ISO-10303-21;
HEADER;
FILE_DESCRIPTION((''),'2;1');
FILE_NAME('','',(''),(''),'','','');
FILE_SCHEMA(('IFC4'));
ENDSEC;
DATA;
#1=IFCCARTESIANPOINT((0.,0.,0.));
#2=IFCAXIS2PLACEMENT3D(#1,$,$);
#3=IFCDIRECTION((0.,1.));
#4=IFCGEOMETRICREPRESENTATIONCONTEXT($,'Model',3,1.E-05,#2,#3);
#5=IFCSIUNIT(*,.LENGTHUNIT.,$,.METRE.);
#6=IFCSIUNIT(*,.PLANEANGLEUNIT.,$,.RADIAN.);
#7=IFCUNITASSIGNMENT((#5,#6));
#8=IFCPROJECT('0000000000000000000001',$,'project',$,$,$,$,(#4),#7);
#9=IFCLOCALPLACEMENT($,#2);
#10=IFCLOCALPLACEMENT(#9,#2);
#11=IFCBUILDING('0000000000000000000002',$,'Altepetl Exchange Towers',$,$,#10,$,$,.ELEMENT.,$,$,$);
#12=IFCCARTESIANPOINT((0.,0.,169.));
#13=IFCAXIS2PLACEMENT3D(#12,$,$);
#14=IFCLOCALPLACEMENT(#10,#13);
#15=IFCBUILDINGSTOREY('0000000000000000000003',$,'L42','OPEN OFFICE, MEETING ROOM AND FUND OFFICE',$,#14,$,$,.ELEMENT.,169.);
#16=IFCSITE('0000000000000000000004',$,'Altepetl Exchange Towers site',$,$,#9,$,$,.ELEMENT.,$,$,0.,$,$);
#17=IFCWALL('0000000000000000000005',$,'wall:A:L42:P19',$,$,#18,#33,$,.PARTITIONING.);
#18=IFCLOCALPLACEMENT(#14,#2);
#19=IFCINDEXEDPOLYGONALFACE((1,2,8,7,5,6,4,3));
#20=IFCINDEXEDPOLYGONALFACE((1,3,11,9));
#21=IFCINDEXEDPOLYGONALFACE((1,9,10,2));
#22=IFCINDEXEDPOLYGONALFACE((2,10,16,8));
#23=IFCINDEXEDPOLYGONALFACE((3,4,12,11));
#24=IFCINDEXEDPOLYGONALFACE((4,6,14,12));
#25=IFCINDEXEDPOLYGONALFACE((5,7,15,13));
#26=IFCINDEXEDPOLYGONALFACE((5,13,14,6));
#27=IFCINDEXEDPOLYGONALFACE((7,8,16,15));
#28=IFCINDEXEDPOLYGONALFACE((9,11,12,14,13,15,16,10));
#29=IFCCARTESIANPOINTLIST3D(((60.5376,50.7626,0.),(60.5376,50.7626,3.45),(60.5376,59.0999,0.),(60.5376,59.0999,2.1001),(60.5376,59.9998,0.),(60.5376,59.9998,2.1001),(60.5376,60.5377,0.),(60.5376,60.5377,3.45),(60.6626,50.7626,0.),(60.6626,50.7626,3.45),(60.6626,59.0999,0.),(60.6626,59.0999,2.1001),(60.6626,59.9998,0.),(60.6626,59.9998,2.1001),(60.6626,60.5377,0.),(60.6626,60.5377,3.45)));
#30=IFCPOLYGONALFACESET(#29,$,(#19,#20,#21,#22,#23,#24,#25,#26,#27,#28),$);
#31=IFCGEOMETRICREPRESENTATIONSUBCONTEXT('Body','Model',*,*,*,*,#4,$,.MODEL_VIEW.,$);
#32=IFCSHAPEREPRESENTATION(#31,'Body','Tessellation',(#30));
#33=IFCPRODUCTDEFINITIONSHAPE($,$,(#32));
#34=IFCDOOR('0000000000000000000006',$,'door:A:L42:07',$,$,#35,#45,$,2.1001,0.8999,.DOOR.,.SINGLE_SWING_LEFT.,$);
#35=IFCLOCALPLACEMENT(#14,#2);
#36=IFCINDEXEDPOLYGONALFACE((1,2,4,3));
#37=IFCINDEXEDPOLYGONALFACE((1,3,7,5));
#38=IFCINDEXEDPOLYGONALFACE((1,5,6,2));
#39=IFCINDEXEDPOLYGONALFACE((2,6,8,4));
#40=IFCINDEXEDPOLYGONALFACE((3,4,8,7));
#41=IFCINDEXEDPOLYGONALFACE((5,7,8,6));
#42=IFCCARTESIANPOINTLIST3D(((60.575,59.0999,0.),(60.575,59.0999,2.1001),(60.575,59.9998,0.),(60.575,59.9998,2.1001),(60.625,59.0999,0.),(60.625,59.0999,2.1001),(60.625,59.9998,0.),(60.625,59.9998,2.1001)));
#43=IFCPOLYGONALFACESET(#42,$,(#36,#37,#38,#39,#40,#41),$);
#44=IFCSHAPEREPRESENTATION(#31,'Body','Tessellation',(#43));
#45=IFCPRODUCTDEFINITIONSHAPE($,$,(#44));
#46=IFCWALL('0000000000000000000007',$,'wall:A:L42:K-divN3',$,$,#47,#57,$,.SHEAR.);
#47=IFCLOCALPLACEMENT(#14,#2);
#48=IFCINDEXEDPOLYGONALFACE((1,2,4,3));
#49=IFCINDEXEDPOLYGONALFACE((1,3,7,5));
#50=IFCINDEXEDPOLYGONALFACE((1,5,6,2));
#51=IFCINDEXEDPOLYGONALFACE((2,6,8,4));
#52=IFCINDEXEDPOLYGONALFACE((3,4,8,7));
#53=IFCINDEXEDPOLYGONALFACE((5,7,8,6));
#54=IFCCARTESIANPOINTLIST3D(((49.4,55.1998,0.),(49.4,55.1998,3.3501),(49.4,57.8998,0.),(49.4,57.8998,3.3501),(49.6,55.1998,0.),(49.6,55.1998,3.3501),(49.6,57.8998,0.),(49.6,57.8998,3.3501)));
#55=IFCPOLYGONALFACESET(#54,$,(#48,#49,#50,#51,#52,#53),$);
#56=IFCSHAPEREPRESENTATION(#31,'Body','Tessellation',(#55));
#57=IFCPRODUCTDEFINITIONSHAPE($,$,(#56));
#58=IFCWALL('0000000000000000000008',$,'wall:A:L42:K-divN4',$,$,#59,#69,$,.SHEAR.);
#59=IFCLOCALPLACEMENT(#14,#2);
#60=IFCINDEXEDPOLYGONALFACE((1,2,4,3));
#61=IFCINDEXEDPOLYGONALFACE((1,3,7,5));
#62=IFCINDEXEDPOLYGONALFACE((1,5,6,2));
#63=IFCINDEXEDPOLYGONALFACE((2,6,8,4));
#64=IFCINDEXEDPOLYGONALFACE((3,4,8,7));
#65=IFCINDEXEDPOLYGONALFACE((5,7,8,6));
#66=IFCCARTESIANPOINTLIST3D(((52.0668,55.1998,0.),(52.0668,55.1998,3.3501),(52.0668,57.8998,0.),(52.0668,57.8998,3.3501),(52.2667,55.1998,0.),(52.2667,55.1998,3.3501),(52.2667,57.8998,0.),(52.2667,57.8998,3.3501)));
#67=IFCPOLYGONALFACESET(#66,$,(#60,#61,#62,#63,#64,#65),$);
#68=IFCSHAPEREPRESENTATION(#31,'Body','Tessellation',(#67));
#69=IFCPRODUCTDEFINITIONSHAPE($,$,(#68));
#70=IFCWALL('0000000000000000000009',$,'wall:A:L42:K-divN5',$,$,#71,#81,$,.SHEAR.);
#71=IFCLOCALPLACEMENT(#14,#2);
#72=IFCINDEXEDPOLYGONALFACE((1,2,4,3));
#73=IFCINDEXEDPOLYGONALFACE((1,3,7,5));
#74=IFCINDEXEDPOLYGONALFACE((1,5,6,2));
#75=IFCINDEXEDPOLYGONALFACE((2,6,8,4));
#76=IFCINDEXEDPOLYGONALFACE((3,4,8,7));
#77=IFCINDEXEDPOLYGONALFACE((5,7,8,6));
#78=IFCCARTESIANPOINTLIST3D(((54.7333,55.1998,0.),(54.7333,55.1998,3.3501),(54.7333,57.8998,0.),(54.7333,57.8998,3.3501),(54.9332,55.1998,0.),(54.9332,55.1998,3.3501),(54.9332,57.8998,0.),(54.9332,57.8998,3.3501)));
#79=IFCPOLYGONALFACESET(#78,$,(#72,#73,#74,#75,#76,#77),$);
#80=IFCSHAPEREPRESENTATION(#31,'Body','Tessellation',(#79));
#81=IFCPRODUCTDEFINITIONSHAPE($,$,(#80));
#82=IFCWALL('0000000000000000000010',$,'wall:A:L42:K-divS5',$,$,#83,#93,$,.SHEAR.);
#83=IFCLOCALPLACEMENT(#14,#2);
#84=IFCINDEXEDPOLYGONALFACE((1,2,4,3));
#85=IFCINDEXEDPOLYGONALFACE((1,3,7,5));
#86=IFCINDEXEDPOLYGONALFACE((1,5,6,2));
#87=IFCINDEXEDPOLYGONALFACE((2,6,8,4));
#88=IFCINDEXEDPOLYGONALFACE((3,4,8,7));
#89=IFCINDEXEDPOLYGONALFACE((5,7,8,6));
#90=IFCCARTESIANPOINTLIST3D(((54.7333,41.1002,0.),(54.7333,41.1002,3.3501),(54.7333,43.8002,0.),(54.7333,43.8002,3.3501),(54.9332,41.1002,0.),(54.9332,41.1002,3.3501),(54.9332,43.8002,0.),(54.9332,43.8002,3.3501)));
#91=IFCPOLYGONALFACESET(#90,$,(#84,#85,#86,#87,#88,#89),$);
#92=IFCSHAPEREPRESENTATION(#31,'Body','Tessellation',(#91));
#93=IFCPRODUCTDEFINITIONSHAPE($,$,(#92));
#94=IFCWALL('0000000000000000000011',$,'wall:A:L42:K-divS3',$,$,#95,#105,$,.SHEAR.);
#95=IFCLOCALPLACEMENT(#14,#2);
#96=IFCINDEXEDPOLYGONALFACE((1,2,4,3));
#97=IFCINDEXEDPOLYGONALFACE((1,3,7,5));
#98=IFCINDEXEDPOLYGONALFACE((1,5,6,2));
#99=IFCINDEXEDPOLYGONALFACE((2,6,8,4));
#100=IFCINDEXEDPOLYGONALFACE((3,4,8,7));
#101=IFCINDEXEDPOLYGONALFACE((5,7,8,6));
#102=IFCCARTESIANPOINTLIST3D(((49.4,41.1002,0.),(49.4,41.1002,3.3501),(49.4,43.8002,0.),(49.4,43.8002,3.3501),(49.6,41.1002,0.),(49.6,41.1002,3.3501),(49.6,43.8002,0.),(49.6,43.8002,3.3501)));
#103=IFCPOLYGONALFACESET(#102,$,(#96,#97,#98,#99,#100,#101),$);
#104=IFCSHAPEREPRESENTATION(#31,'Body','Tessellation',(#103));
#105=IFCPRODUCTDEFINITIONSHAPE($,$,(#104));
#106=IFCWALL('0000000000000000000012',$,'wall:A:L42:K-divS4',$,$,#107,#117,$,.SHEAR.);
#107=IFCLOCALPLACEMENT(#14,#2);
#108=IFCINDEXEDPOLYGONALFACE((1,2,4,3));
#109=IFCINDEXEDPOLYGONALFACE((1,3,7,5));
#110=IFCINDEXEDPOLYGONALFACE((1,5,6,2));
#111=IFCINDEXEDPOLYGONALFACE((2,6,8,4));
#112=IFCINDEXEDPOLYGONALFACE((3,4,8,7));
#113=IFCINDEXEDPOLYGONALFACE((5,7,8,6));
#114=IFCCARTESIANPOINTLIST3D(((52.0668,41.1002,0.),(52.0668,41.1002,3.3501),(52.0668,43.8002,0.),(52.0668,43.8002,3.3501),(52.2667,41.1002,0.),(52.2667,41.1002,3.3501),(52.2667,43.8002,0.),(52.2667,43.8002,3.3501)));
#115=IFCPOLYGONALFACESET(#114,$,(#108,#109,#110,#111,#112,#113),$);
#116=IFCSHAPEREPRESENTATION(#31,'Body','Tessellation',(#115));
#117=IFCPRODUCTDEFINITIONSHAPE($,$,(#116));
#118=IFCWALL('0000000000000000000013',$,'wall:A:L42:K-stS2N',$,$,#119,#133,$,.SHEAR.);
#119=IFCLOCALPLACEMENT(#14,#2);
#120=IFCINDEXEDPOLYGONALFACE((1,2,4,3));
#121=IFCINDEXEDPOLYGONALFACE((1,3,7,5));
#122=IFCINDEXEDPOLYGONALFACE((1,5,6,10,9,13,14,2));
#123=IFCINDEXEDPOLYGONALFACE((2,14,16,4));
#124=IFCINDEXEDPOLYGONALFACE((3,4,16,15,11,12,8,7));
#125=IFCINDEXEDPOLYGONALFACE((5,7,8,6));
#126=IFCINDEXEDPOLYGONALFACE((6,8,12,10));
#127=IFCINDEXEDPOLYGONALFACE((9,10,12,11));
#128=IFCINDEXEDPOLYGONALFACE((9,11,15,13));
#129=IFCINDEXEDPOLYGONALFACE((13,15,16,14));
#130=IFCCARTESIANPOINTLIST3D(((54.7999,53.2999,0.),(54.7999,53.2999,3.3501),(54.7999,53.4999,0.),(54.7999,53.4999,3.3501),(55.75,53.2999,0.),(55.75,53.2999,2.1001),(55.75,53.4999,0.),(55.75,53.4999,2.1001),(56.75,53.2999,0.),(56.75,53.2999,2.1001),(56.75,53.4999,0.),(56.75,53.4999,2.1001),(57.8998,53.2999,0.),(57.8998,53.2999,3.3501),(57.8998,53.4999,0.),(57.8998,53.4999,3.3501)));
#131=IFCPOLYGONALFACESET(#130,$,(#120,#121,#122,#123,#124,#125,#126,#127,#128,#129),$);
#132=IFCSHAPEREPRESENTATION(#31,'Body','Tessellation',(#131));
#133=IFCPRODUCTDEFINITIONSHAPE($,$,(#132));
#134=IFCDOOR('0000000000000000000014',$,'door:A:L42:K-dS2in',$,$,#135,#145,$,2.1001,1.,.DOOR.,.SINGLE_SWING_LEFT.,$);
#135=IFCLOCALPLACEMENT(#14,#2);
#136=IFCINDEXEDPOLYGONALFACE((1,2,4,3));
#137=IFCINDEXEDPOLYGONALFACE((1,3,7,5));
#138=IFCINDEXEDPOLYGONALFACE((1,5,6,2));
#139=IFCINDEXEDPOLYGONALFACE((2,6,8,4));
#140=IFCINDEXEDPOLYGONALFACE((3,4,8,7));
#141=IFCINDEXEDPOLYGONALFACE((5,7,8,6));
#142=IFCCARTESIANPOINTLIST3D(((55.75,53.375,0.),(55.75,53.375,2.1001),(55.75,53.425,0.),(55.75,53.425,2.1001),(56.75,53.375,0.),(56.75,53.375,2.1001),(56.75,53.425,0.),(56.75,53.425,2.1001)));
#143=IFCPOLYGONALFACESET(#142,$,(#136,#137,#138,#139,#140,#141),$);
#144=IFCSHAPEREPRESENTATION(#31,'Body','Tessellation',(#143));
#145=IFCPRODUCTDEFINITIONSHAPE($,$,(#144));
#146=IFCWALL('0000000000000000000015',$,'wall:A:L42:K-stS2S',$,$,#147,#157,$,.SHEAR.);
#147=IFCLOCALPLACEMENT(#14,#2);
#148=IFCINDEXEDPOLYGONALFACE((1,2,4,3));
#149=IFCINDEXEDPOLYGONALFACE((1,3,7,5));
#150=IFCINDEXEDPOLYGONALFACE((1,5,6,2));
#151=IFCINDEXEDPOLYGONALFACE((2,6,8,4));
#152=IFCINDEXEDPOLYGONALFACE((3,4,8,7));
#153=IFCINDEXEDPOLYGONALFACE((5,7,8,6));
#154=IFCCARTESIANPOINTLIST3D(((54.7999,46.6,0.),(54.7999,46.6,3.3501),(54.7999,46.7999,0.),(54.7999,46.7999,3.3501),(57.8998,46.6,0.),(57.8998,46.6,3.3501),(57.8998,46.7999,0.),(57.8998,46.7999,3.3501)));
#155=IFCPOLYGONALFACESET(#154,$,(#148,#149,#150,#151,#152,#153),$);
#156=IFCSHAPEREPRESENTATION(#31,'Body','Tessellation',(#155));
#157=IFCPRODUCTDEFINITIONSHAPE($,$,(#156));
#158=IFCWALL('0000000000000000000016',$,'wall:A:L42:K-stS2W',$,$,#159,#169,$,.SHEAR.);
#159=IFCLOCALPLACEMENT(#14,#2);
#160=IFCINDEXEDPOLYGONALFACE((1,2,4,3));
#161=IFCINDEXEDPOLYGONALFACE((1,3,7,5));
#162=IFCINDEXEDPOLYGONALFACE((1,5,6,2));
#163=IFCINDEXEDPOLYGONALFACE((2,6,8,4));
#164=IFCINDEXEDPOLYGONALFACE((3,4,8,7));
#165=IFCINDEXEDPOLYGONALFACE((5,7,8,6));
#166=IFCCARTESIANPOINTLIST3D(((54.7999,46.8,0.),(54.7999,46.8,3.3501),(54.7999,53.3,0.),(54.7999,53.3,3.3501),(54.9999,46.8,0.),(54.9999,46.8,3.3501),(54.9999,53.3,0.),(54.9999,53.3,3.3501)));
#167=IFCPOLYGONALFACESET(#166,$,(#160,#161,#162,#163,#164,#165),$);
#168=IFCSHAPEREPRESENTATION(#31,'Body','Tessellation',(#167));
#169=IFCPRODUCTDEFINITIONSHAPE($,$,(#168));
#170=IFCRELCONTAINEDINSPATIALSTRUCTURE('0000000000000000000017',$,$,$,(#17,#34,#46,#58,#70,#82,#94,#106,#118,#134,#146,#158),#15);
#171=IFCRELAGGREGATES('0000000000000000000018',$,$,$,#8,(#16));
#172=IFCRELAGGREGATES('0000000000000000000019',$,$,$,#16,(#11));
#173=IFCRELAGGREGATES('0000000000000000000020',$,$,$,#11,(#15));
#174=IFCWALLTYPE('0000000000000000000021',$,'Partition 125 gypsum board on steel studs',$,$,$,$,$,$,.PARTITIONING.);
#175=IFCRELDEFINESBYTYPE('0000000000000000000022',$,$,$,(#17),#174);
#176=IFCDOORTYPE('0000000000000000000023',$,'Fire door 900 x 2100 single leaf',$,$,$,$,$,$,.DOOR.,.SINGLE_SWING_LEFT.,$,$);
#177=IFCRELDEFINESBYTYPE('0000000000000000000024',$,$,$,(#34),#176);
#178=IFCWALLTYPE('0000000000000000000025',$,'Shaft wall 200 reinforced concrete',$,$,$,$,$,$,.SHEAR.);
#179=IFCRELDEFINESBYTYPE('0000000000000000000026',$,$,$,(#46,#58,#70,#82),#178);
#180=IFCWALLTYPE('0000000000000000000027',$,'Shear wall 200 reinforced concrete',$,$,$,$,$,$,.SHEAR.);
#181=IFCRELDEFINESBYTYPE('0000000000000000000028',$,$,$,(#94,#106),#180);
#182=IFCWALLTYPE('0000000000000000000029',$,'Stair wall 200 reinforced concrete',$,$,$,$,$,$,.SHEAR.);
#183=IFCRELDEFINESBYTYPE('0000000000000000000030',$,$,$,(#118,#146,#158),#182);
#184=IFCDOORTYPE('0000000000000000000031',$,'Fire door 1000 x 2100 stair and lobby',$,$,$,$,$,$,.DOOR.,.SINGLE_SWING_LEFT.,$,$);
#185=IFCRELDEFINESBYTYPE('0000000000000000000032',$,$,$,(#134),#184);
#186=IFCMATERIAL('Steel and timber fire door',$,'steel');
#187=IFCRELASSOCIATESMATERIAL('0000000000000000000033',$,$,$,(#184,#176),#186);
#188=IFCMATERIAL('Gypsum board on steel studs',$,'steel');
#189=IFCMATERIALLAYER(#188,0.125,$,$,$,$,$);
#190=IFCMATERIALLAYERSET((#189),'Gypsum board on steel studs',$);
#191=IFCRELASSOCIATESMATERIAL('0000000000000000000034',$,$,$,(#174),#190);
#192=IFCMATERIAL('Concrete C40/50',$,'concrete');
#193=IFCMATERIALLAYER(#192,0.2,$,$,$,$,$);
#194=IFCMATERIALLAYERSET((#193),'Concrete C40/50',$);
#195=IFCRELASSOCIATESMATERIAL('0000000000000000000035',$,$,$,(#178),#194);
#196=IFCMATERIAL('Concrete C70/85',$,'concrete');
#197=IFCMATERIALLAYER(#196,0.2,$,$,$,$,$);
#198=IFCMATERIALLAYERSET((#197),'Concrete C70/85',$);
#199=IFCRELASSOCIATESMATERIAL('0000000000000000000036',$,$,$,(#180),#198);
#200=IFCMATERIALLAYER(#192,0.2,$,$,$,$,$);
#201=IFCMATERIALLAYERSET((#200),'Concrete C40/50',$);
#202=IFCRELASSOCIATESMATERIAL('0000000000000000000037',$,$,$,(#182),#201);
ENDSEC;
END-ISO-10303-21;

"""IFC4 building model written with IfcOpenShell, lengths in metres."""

from ifc_helpers import new_model, si_unit, direction, frame, frame_2d, origin, place, context, subcontext, project, spatial, rectangle, extrude, material, layer, layer_set, type_object, element, fill, save


model = new_model("IFC4")

# Units and contexts
model_context = context("Model", 3, precision=1e-05, world=origin(), true_north=direction((0.0, 1.0)))
body_context = subcontext(model_context, "Body", "Model", "MODEL_VIEW")
ifc_project = project(units=[si_unit("LENGTHUNIT", "METRE"), si_unit("PLANEANGLEUNIT", "RADIAN")], contexts=[model_context])

# Site, building, storey
site_placement = place(None, origin())
site = spatial("IfcSite", under=ifc_project, at=site_placement, Name="Altepetl Exchange Towers site", CompositionType="ELEMENT", RefElevation=0.0)
building_placement = place(site_placement, origin())
building = spatial("IfcBuilding", under=site, at=building_placement, Name="Altepetl Exchange Towers", CompositionType="ELEMENT")
storey_placement = place(building_placement, frame((0.0, 0.0, 169.0)))
storey = spatial("IfcBuildingStorey", under=building, at=storey_placement, Name="L42", Description="OPEN OFFICE, MEETING ROOM AND FUND OFFICE", CompositionType="ELEMENT", Elevation=169.0)

# Shared definitions
ifc_material_1 = material(Name="Concrete C70/85", Category="concrete")
ifc_material_2 = material(Name="Steel and timber fire door", Category="steel")
door_type_1 = type_object("IfcDoorType", Name="Fire door 1000 x 2100 stair and lobby", OperationType="SINGLE_SWING_LEFT", PredefinedType="DOOR", material=ifc_material_2)

# Shared definitions
ifc_material_3 = material(Name="Gypsum board on steel studs", Category="steel")
ifc_layer_1 = layer(ifc_material_3, 0.125)
ifc_layer_set_1 = layer_set([ifc_layer_1], Name="Gypsum board on steel studs")
wall_type_1 = type_object("IfcWallType", Name="Partition 125 gypsum board on steel studs", PredefinedType="PARTITIONING", material=ifc_layer_set_1)

# Wall, opening, door
wall_1_placement = place(storey_placement, frame((60.6001, 50.7625, 0.0), z_axis=(0.0, 0.0, 1.0), x_axis=(0.0, 1.0, 0.0)))
wall_1 = element("IfcWall", 1, at=wall_1_placement, inside=storey, type_object=wall_type_1, Name="wall:A:L42:P19", PredefinedType="PARTITIONING", context=body_context, shape_type="SweptSolid", body=[
    extrude(rectangle(XDim=9.7751, YDim=0.125, at=frame_2d((4.8877, 0.0))), origin(), (0.0, 0.0, 1.0), 3.45),
])
opening_1_placement = place(wall_1_placement, frame((8.3374, 0.0, 0.0)))
opening_1 = element("IfcOpeningElement", 2, at=opening_1_placement, cuts=wall_1, PredefinedType="OPENING", context=body_context, shape_type="SweptSolid", body=[
    extrude(rectangle(XDim=0.8999, YDim=2.1001, at=frame_2d((0.45, 1.05))), frame((0.0, 0.0725, 0.0), z_axis=(0.0, -1.0, 0.0), x_axis=(1.0, 0.0, 0.0)), (0.0, 0.0, 1.0), 0.145),
])
door_type_2 = type_object("IfcDoorType", Name="Fire door 900 x 2100 single leaf", OperationType="SINGLE_SWING_LEFT", PredefinedType="DOOR", material=ifc_material_2)
door_1_placement = place(opening_1_placement, frame((0.8999, 0.0, 0.0), x_axis=(-1.0, 0.0, 0.0)))
door_1 = element("IfcDoor", 3, at=door_1_placement, inside=storey, type_object=door_type_2, Name="door:A:L42:07", OperationType="SINGLE_SWING_LEFT", OverallHeight=2.1001, OverallWidth=0.8999, PredefinedType="DOOR", context=body_context, shape_type="SweptSolid", body=[
    extrude(rectangle(XDim=0.8999, YDim=2.1001, at=frame_2d((0.45, 1.05))), frame((0.0, 0.0249, 0.0), z_axis=(0.0, -1.0, 0.0), x_axis=(1.0, 0.0, 0.0)), (0.0, 0.0, 1.0), 0.05),
])
fill(opening_1, door_1)

# Walls
ifc_material_4 = material(Name="Concrete C40/50", Category="concrete")
ifc_layer_2 = layer(ifc_material_4, 0.2)
ifc_layer_set_2 = layer_set([ifc_layer_2], Name="Concrete C40/50")
wall_type_2 = type_object("IfcWallType", Name="Shaft wall 200 reinforced concrete", PredefinedType="SHEAR", material=ifc_layer_set_2)
for number, where, z_axis, x_axis, name in (
    (4, (49.5, 57.8999, 0.0), (0.0, 0.0, 1.0), (0.0, -1.0, 0.0), "wall:A:L42:K-divN3"),
    (5, (52.1667, 57.8999, 0.0), (0.0, 0.0, 1.0), (0.0, -1.0, 0.0), "wall:A:L42:K-divN4"),
    (6, (54.8333, 57.8999, 0.0), (0.0, 0.0, 1.0), (0.0, -1.0, 0.0), "wall:A:L42:K-divN5"),
    (7, (54.8333, 41.1001, 0.0), (0.0, 0.0, 1.0), (0.0, 1.0, 0.0), "wall:A:L42:K-divS5"),
):
    element("IfcWall", number, at=place(storey_placement, frame(where, z_axis=z_axis, x_axis=x_axis)), inside=storey, type_object=wall_type_2, Name=name, PredefinedType="SHEAR", context=body_context, shape_type="SweptSolid", body=[
        extrude(rectangle(XDim=2.7, YDim=0.2, at=frame_2d((1.3501, 0.0))), origin(), (0.0, 0.0, 1.0), 3.3501),
    ])
ifc_layer_3 = layer(ifc_material_1, 0.2)
ifc_layer_set_3 = layer_set([ifc_layer_3], Name="Concrete C70/85")
wall_type_3 = type_object("IfcWallType", Name="Shear wall 200 reinforced concrete", PredefinedType="SHEAR", material=ifc_layer_set_3)
for number, where, z_axis, x_axis, name in (
    (8, (49.5, 41.1001, 0.0), (0.0, 0.0, 1.0), (0.0, 1.0, 0.0), "wall:A:L42:K-divS3"),
    (9, (52.1667, 41.1001, 0.0), (0.0, 0.0, 1.0), (0.0, 1.0, 0.0), "wall:A:L42:K-divS4"),
):
    element("IfcWall", number, at=place(storey_placement, frame(where, z_axis=z_axis, x_axis=x_axis)), inside=storey, type_object=wall_type_3, Name=name, PredefinedType="SHEAR", context=body_context, shape_type="SweptSolid", body=[
        extrude(rectangle(XDim=2.7, YDim=0.2, at=frame_2d((1.3501, 0.0))), origin(), (0.0, 0.0, 1.0), 3.3501),
    ])

# Wall, opening, door
ifc_layer_4 = layer(ifc_material_4, 0.2)
ifc_layer_set_4 = layer_set([ifc_layer_4], Name="Concrete C40/50")
wall_type_4 = type_object("IfcWallType", Name="Stair wall 200 reinforced concrete", PredefinedType="SHEAR", material=ifc_layer_set_4)
wall_2_placement = place(storey_placement, frame((54.8, 53.3999, 0.0)))
wall_2 = element("IfcWall", 10, at=wall_2_placement, inside=storey, type_object=wall_type_4, Name="wall:A:L42:K-stS2N", PredefinedType="SHEAR", context=body_context, shape_type="SweptSolid", body=[
    extrude(rectangle(XDim=3.0999, YDim=0.2, at=frame_2d((1.5498, 0.0))), origin(), (0.0, 0.0, 1.0), 3.3501),
])
opening_2_placement = place(wall_2_placement, frame((0.95, 0.0, 0.0)))
opening_2 = element("IfcOpeningElement", 11, at=opening_2_placement, cuts=wall_2, PredefinedType="OPENING", context=body_context, shape_type="SweptSolid", body=[
    extrude(rectangle(XDim=1.0, YDim=2.1001, at=frame_2d((0.5, 1.05))), frame((0.0, 0.1099, 0.0), z_axis=(0.0, -1.0, 0.0), x_axis=(1.0, 0.0, 0.0)), (0.0, 0.0, 1.0), 0.22),
])
door_2_placement = place(opening_2_placement, frame((1.0, 0.0, 0.0), x_axis=(-1.0, 0.0, 0.0)))
door_2 = element("IfcDoor", 12, at=door_2_placement, inside=storey, type_object=door_type_1, Name="door:A:L42:K-dS2in", OperationType="SINGLE_SWING_LEFT", OverallHeight=2.1001, OverallWidth=1.0, PredefinedType="DOOR", context=body_context, shape_type="SweptSolid", body=[
    extrude(rectangle(XDim=1.0, YDim=2.1001, at=frame_2d((0.5, 1.05))), frame((0.0, 0.0249, 0.0), z_axis=(0.0, -1.0, 0.0), x_axis=(1.0, 0.0, 0.0)), (0.0, 0.0, 1.0), 0.05),
])
fill(opening_2, door_2)

# Walls
wall_3_placement = place(storey_placement, frame((54.8, 46.7, 0.0)))
element("IfcWall", 13, at=wall_3_placement, inside=storey, type_object=wall_type_4, Name="wall:A:L42:K-stS2S", PredefinedType="SHEAR", context=body_context, shape_type="SweptSolid", body=[
    extrude(rectangle(XDim=3.0999, YDim=0.2, at=frame_2d((1.5498, 0.0))), origin(), (0.0, 0.0, 1.0), 3.3501),
])
wall_4_placement = place(storey_placement, frame((54.8999, 46.8, 0.0), z_axis=(0.0, 0.0, 1.0), x_axis=(0.0, 1.0, 0.0)))
element("IfcWall", 14, at=wall_4_placement, inside=storey, type_object=wall_type_4, Name="wall:A:L42:K-stS2W", PredefinedType="SHEAR", context=body_context, shape_type="SweptSolid", body=[
    extrude(rectangle(XDim=6.5, YDim=0.2, at=frame_2d((3.25, 0.0))), origin(), (0.0, 0.0, 1.0), 3.3501),
])

save(model, "model.ifc")
